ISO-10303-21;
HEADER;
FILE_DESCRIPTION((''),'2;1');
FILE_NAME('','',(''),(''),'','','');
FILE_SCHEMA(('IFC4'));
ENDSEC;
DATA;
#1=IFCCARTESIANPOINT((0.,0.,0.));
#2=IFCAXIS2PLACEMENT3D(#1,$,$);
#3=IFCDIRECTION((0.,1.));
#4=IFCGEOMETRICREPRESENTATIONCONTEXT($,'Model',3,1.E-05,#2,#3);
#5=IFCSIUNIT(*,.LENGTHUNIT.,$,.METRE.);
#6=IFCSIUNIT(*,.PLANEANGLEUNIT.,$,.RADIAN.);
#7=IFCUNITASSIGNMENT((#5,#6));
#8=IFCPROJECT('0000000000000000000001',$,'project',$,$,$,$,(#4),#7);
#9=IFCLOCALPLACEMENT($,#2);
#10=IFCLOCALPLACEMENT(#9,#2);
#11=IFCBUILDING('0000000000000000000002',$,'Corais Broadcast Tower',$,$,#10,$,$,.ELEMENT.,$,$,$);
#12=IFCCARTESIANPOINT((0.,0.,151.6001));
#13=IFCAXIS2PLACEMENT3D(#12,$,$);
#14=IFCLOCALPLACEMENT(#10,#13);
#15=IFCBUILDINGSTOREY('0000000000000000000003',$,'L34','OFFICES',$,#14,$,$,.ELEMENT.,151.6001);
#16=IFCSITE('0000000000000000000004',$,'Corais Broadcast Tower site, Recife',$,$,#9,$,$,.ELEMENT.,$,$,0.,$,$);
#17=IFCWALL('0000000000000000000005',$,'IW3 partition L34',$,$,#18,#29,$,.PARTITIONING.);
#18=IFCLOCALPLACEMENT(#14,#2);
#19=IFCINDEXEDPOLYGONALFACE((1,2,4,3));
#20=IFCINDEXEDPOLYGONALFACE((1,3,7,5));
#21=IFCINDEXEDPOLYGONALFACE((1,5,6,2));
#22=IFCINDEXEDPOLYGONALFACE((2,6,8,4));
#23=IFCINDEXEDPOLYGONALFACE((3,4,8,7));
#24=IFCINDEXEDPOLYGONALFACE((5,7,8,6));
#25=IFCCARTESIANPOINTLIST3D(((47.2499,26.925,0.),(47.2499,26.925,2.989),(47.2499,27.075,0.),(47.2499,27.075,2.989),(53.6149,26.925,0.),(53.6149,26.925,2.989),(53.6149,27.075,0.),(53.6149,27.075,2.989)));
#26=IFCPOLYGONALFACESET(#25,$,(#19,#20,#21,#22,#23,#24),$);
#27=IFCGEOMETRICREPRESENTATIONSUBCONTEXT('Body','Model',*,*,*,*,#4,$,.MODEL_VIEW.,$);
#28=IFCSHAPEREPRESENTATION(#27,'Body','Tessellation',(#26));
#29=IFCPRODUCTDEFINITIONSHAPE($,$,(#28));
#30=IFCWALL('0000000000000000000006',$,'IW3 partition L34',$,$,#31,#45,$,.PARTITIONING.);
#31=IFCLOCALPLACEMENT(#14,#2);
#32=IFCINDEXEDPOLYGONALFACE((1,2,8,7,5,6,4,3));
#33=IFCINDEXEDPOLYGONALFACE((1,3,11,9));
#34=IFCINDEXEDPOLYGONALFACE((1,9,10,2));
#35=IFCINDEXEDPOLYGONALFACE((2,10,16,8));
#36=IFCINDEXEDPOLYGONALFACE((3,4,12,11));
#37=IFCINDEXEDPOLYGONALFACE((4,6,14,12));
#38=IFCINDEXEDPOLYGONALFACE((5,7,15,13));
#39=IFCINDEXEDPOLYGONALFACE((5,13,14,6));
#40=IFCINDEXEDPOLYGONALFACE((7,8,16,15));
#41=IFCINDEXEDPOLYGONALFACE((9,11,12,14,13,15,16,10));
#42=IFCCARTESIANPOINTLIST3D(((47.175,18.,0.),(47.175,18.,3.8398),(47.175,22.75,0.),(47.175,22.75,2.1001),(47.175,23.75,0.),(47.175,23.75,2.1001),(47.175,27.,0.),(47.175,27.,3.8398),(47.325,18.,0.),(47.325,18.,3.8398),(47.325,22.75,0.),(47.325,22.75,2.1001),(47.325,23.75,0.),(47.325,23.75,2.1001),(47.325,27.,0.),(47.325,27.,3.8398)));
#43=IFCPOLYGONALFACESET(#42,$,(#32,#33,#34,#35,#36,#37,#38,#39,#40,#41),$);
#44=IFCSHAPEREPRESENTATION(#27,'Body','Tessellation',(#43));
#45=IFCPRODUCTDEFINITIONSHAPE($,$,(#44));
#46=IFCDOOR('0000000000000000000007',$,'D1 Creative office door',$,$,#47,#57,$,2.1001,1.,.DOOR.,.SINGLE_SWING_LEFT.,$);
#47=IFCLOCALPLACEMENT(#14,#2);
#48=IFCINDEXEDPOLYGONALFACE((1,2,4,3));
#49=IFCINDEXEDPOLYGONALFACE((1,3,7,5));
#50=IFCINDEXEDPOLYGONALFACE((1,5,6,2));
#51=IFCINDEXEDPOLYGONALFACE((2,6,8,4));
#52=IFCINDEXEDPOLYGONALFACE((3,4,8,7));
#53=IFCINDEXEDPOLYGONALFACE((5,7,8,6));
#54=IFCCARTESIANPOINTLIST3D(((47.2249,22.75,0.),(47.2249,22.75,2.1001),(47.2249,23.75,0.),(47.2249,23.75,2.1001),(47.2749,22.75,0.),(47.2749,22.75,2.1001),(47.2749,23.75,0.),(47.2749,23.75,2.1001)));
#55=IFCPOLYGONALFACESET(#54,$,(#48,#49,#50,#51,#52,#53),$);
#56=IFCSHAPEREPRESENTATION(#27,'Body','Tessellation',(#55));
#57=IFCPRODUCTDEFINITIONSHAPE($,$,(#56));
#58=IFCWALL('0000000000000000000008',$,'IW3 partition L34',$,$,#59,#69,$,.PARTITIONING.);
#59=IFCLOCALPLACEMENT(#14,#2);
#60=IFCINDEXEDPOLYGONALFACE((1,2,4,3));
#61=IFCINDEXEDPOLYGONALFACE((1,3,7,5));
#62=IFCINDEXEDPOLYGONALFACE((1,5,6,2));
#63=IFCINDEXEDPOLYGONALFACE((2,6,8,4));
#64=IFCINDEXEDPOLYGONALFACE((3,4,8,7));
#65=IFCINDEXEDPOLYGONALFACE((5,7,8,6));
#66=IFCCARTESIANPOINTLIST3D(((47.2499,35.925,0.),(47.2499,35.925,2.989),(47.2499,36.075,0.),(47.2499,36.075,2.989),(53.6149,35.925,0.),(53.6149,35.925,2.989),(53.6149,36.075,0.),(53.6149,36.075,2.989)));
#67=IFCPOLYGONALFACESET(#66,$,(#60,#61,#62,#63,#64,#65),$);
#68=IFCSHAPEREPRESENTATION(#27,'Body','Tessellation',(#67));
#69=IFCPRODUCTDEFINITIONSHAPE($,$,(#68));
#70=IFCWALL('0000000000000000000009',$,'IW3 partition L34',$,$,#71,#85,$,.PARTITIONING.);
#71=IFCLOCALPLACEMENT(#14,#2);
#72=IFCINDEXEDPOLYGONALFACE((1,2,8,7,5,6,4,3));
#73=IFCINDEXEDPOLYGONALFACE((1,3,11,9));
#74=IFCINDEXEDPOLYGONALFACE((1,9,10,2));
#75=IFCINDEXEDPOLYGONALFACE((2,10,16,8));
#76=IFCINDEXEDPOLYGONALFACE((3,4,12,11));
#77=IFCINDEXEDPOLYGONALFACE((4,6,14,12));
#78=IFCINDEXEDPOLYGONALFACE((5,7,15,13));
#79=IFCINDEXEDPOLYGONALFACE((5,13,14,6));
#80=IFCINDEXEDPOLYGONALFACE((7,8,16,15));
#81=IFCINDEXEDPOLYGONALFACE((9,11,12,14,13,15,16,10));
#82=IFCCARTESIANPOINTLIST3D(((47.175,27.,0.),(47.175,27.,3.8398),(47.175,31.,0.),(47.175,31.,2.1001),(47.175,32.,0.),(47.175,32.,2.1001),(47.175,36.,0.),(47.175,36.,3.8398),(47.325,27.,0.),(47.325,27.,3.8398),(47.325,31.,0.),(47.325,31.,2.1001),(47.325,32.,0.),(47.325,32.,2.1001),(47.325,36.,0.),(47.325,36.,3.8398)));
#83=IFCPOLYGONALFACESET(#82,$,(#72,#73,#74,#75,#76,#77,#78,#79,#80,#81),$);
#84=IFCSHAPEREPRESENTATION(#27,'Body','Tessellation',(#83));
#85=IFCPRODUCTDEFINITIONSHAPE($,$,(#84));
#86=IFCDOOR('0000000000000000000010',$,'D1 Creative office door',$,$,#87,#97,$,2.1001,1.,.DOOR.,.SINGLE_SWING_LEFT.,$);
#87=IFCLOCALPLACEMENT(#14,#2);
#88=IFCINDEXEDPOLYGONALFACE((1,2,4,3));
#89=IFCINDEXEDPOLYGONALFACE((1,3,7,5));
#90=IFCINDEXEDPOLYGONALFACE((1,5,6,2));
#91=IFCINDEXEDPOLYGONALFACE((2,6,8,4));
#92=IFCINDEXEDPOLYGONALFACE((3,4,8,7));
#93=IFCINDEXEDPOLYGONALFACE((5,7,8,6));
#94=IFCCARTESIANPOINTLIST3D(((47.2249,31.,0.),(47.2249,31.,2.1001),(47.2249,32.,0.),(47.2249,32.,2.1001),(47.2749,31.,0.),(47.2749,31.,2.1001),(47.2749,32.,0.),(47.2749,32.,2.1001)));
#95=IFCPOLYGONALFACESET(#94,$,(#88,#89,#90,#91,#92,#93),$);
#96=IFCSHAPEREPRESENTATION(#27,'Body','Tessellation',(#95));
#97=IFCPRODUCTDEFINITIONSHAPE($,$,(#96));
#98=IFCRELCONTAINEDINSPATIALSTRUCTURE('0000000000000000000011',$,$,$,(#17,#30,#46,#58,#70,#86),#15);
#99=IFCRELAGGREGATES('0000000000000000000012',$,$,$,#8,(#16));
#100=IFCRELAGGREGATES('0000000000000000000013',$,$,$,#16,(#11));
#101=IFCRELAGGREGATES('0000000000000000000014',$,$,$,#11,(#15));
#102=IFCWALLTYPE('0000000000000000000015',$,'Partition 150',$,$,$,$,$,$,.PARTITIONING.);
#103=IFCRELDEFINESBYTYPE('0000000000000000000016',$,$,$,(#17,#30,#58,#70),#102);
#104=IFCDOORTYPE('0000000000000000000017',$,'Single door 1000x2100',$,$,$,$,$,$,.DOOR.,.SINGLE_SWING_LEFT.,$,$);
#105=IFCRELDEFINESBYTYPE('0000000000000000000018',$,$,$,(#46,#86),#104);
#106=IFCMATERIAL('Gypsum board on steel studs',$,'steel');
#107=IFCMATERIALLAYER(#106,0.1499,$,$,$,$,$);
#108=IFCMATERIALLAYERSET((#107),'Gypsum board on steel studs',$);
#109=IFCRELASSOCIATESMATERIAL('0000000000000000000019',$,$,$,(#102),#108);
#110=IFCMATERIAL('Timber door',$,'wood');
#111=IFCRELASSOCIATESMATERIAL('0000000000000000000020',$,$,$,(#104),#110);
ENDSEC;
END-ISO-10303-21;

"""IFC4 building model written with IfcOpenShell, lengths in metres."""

from ifc_helpers import new_model, si_unit, direction, frame, frame_2d, origin, place, context, subcontext, project, spatial, rectangle, extrude, material, layer, layer_set, type_object, element, fill, save


model = new_model("IFC4")

# Units and contexts
model_context = context("Model", 3, precision=1e-05, world=origin(), true_north=direction((0.0, 1.0)))
body_context = subcontext(model_context, "Body", "Model", "MODEL_VIEW")
ifc_project = project(units=[si_unit("LENGTHUNIT", "METRE"), si_unit("PLANEANGLEUNIT", "RADIAN")], contexts=[model_context])

# Site, building, storey
site_placement = place(None, origin())
site = spatial("IfcSite", under=ifc_project, at=site_placement, Name="Corais Broadcast Tower site, Recife", CompositionType="ELEMENT", RefElevation=0.0)
building_placement = place(site_placement, origin())
building = spatial("IfcBuilding", under=site, at=building_placement, Name="Corais Broadcast Tower", CompositionType="ELEMENT")
storey_placement = place(building_placement, frame((0.0, 0.0, 151.6001)))
storey = spatial("IfcBuildingStorey", under=building, at=storey_placement, Name="L34", Description="OFFICES", CompositionType="ELEMENT", Elevation=151.6001)

# Wall
ifc_material_1 = material(Name="Gypsum board on steel studs", Category="steel")
ifc_layer_1 = layer(ifc_material_1, 0.1499)
ifc_layer_set_1 = layer_set([ifc_layer_1], Name="Gypsum board on steel studs")
wall_type = type_object("IfcWallType", Name="Partition 150", PredefinedType="PARTITIONING", material=ifc_layer_set_1)
wall_1_placement = place(storey_placement, frame((53.615, 27.0, 0.0), z_axis=(0.0, 0.0, 1.0), x_axis=(-1.0, 0.0, 0.0)))
element("IfcWall", 1, at=wall_1_placement, inside=storey, type_object=wall_type, Name="IW3 partition L34", PredefinedType="PARTITIONING", context=body_context, shape_type="SweptSolid", body=[
    extrude(rectangle(XDim=6.365, YDim=0.1499, at=frame_2d((3.1826, 0.0))), origin(), (0.0, 0.0, 1.0), 2.989),
])

# Wall, opening, door
wall_2_placement = place(storey_placement, frame((47.25, 27.0, 0.0), z_axis=(0.0, 0.0, 1.0), x_axis=(0.0, -1.0, 0.0)))
wall_2 = element("IfcWall", 2, at=wall_2_placement, inside=storey, type_object=wall_type, Name="IW3 partition L34", PredefinedType="PARTITIONING", context=body_context, shape_type="SweptSolid", body=[
    extrude(rectangle(XDim=9.0, YDim=0.1499, at=frame_2d((4.5, 0.0))), origin(), (0.0, 0.0, 1.0), 3.8398),
])
opening_1_placement = place(wall_2_placement, frame((3.25, 0.0, 0.0)))
opening_1 = element("IfcOpeningElement", 3, at=opening_1_placement, cuts=wall_2, PredefinedType="OPENING", context=body_context, shape_type="SweptSolid", body=[
    extrude(rectangle(XDim=1.0, YDim=2.1001, at=frame_2d((0.5, 1.05))), frame((0.0, 0.085, 0.0), z_axis=(0.0, -1.0, 0.0), x_axis=(1.0, 0.0, 0.0)), (0.0, 0.0, 1.0), 0.1699),
])
ifc_material_2 = material(Name="Timber door", Category="wood")
door_type = type_object("IfcDoorType", Name="Single door 1000x2100", OperationType="SINGLE_SWING_LEFT", PredefinedType="DOOR", material=ifc_material_2)
door_1_placement = place(opening_1_placement, origin())
door_1 = element("IfcDoor", 4, at=door_1_placement, inside=storey, type_object=door_type, Name="D1 Creative office door", OperationType="SINGLE_SWING_LEFT", OverallHeight=2.1001, OverallWidth=1.0, PredefinedType="DOOR", context=body_context, shape_type="SweptSolid", body=[
    extrude(rectangle(XDim=1.0, YDim=2.1001, at=frame_2d((0.5, 1.05))), frame((0.0, 0.0249, 0.0), z_axis=(0.0, -1.0, 0.0), x_axis=(1.0, 0.0, 0.0)), (0.0, 0.0, 1.0), 0.05),
])
fill(opening_1, door_1)

# Wall
wall_3_placement = place(storey_placement, frame((53.615, 36.0, 0.0), z_axis=(0.0, 0.0, 1.0), x_axis=(-1.0, 0.0, 0.0)))
element("IfcWall", 5, at=wall_3_placement, inside=storey, type_object=wall_type, Name="IW3 partition L34", PredefinedType="PARTITIONING", context=body_context, shape_type="SweptSolid", body=[
    extrude(rectangle(XDim=6.365, YDim=0.1499, at=frame_2d((3.1826, 0.0))), origin(), (0.0, 0.0, 1.0), 2.989),
])

# Wall, opening, door
wall_4_placement = place(storey_placement, frame((47.25, 36.0, 0.0), z_axis=(0.0, 0.0, 1.0), x_axis=(0.0, -1.0, 0.0)))
wall_4 = element("IfcWall", 6, at=wall_4_placement, inside=storey, type_object=wall_type, Name="IW3 partition L34", PredefinedType="PARTITIONING", context=body_context, shape_type="SweptSolid", body=[
    extrude(rectangle(XDim=9.0, YDim=0.1499, at=frame_2d((4.5, 0.0))), origin(), (0.0, 0.0, 1.0), 3.8398),
])
opening_2_placement = place(wall_4_placement, frame((4.0, 0.0, 0.0)))
opening_2 = element("IfcOpeningElement", 7, at=opening_2_placement, cuts=wall_4, PredefinedType="OPENING", context=body_context, shape_type="SweptSolid", body=[
    extrude(rectangle(XDim=1.0, YDim=2.1001, at=frame_2d((0.5, 1.05))), frame((0.0, 0.085, 0.0), z_axis=(0.0, -1.0, 0.0), x_axis=(1.0, 0.0, 0.0)), (0.0, 0.0, 1.0), 0.1699),
])
door_2_placement = place(opening_2_placement, origin())
door_2 = element("IfcDoor", 8, at=door_2_placement, inside=storey, type_object=door_type, Name="D1 Creative office door", OperationType="SINGLE_SWING_LEFT", OverallHeight=2.1001, OverallWidth=1.0, PredefinedType="DOOR", context=body_context, shape_type="SweptSolid", body=[
    extrude(rectangle(XDim=1.0, YDim=2.1001, at=frame_2d((0.5, 1.05))), frame((0.0, 0.0249, 0.0), z_axis=(0.0, -1.0, 0.0), x_axis=(1.0, 0.0, 0.0)), (0.0, 0.0, 1.0), 0.05),
])
fill(opening_2, door_2)

save(model, "model.ifc")
